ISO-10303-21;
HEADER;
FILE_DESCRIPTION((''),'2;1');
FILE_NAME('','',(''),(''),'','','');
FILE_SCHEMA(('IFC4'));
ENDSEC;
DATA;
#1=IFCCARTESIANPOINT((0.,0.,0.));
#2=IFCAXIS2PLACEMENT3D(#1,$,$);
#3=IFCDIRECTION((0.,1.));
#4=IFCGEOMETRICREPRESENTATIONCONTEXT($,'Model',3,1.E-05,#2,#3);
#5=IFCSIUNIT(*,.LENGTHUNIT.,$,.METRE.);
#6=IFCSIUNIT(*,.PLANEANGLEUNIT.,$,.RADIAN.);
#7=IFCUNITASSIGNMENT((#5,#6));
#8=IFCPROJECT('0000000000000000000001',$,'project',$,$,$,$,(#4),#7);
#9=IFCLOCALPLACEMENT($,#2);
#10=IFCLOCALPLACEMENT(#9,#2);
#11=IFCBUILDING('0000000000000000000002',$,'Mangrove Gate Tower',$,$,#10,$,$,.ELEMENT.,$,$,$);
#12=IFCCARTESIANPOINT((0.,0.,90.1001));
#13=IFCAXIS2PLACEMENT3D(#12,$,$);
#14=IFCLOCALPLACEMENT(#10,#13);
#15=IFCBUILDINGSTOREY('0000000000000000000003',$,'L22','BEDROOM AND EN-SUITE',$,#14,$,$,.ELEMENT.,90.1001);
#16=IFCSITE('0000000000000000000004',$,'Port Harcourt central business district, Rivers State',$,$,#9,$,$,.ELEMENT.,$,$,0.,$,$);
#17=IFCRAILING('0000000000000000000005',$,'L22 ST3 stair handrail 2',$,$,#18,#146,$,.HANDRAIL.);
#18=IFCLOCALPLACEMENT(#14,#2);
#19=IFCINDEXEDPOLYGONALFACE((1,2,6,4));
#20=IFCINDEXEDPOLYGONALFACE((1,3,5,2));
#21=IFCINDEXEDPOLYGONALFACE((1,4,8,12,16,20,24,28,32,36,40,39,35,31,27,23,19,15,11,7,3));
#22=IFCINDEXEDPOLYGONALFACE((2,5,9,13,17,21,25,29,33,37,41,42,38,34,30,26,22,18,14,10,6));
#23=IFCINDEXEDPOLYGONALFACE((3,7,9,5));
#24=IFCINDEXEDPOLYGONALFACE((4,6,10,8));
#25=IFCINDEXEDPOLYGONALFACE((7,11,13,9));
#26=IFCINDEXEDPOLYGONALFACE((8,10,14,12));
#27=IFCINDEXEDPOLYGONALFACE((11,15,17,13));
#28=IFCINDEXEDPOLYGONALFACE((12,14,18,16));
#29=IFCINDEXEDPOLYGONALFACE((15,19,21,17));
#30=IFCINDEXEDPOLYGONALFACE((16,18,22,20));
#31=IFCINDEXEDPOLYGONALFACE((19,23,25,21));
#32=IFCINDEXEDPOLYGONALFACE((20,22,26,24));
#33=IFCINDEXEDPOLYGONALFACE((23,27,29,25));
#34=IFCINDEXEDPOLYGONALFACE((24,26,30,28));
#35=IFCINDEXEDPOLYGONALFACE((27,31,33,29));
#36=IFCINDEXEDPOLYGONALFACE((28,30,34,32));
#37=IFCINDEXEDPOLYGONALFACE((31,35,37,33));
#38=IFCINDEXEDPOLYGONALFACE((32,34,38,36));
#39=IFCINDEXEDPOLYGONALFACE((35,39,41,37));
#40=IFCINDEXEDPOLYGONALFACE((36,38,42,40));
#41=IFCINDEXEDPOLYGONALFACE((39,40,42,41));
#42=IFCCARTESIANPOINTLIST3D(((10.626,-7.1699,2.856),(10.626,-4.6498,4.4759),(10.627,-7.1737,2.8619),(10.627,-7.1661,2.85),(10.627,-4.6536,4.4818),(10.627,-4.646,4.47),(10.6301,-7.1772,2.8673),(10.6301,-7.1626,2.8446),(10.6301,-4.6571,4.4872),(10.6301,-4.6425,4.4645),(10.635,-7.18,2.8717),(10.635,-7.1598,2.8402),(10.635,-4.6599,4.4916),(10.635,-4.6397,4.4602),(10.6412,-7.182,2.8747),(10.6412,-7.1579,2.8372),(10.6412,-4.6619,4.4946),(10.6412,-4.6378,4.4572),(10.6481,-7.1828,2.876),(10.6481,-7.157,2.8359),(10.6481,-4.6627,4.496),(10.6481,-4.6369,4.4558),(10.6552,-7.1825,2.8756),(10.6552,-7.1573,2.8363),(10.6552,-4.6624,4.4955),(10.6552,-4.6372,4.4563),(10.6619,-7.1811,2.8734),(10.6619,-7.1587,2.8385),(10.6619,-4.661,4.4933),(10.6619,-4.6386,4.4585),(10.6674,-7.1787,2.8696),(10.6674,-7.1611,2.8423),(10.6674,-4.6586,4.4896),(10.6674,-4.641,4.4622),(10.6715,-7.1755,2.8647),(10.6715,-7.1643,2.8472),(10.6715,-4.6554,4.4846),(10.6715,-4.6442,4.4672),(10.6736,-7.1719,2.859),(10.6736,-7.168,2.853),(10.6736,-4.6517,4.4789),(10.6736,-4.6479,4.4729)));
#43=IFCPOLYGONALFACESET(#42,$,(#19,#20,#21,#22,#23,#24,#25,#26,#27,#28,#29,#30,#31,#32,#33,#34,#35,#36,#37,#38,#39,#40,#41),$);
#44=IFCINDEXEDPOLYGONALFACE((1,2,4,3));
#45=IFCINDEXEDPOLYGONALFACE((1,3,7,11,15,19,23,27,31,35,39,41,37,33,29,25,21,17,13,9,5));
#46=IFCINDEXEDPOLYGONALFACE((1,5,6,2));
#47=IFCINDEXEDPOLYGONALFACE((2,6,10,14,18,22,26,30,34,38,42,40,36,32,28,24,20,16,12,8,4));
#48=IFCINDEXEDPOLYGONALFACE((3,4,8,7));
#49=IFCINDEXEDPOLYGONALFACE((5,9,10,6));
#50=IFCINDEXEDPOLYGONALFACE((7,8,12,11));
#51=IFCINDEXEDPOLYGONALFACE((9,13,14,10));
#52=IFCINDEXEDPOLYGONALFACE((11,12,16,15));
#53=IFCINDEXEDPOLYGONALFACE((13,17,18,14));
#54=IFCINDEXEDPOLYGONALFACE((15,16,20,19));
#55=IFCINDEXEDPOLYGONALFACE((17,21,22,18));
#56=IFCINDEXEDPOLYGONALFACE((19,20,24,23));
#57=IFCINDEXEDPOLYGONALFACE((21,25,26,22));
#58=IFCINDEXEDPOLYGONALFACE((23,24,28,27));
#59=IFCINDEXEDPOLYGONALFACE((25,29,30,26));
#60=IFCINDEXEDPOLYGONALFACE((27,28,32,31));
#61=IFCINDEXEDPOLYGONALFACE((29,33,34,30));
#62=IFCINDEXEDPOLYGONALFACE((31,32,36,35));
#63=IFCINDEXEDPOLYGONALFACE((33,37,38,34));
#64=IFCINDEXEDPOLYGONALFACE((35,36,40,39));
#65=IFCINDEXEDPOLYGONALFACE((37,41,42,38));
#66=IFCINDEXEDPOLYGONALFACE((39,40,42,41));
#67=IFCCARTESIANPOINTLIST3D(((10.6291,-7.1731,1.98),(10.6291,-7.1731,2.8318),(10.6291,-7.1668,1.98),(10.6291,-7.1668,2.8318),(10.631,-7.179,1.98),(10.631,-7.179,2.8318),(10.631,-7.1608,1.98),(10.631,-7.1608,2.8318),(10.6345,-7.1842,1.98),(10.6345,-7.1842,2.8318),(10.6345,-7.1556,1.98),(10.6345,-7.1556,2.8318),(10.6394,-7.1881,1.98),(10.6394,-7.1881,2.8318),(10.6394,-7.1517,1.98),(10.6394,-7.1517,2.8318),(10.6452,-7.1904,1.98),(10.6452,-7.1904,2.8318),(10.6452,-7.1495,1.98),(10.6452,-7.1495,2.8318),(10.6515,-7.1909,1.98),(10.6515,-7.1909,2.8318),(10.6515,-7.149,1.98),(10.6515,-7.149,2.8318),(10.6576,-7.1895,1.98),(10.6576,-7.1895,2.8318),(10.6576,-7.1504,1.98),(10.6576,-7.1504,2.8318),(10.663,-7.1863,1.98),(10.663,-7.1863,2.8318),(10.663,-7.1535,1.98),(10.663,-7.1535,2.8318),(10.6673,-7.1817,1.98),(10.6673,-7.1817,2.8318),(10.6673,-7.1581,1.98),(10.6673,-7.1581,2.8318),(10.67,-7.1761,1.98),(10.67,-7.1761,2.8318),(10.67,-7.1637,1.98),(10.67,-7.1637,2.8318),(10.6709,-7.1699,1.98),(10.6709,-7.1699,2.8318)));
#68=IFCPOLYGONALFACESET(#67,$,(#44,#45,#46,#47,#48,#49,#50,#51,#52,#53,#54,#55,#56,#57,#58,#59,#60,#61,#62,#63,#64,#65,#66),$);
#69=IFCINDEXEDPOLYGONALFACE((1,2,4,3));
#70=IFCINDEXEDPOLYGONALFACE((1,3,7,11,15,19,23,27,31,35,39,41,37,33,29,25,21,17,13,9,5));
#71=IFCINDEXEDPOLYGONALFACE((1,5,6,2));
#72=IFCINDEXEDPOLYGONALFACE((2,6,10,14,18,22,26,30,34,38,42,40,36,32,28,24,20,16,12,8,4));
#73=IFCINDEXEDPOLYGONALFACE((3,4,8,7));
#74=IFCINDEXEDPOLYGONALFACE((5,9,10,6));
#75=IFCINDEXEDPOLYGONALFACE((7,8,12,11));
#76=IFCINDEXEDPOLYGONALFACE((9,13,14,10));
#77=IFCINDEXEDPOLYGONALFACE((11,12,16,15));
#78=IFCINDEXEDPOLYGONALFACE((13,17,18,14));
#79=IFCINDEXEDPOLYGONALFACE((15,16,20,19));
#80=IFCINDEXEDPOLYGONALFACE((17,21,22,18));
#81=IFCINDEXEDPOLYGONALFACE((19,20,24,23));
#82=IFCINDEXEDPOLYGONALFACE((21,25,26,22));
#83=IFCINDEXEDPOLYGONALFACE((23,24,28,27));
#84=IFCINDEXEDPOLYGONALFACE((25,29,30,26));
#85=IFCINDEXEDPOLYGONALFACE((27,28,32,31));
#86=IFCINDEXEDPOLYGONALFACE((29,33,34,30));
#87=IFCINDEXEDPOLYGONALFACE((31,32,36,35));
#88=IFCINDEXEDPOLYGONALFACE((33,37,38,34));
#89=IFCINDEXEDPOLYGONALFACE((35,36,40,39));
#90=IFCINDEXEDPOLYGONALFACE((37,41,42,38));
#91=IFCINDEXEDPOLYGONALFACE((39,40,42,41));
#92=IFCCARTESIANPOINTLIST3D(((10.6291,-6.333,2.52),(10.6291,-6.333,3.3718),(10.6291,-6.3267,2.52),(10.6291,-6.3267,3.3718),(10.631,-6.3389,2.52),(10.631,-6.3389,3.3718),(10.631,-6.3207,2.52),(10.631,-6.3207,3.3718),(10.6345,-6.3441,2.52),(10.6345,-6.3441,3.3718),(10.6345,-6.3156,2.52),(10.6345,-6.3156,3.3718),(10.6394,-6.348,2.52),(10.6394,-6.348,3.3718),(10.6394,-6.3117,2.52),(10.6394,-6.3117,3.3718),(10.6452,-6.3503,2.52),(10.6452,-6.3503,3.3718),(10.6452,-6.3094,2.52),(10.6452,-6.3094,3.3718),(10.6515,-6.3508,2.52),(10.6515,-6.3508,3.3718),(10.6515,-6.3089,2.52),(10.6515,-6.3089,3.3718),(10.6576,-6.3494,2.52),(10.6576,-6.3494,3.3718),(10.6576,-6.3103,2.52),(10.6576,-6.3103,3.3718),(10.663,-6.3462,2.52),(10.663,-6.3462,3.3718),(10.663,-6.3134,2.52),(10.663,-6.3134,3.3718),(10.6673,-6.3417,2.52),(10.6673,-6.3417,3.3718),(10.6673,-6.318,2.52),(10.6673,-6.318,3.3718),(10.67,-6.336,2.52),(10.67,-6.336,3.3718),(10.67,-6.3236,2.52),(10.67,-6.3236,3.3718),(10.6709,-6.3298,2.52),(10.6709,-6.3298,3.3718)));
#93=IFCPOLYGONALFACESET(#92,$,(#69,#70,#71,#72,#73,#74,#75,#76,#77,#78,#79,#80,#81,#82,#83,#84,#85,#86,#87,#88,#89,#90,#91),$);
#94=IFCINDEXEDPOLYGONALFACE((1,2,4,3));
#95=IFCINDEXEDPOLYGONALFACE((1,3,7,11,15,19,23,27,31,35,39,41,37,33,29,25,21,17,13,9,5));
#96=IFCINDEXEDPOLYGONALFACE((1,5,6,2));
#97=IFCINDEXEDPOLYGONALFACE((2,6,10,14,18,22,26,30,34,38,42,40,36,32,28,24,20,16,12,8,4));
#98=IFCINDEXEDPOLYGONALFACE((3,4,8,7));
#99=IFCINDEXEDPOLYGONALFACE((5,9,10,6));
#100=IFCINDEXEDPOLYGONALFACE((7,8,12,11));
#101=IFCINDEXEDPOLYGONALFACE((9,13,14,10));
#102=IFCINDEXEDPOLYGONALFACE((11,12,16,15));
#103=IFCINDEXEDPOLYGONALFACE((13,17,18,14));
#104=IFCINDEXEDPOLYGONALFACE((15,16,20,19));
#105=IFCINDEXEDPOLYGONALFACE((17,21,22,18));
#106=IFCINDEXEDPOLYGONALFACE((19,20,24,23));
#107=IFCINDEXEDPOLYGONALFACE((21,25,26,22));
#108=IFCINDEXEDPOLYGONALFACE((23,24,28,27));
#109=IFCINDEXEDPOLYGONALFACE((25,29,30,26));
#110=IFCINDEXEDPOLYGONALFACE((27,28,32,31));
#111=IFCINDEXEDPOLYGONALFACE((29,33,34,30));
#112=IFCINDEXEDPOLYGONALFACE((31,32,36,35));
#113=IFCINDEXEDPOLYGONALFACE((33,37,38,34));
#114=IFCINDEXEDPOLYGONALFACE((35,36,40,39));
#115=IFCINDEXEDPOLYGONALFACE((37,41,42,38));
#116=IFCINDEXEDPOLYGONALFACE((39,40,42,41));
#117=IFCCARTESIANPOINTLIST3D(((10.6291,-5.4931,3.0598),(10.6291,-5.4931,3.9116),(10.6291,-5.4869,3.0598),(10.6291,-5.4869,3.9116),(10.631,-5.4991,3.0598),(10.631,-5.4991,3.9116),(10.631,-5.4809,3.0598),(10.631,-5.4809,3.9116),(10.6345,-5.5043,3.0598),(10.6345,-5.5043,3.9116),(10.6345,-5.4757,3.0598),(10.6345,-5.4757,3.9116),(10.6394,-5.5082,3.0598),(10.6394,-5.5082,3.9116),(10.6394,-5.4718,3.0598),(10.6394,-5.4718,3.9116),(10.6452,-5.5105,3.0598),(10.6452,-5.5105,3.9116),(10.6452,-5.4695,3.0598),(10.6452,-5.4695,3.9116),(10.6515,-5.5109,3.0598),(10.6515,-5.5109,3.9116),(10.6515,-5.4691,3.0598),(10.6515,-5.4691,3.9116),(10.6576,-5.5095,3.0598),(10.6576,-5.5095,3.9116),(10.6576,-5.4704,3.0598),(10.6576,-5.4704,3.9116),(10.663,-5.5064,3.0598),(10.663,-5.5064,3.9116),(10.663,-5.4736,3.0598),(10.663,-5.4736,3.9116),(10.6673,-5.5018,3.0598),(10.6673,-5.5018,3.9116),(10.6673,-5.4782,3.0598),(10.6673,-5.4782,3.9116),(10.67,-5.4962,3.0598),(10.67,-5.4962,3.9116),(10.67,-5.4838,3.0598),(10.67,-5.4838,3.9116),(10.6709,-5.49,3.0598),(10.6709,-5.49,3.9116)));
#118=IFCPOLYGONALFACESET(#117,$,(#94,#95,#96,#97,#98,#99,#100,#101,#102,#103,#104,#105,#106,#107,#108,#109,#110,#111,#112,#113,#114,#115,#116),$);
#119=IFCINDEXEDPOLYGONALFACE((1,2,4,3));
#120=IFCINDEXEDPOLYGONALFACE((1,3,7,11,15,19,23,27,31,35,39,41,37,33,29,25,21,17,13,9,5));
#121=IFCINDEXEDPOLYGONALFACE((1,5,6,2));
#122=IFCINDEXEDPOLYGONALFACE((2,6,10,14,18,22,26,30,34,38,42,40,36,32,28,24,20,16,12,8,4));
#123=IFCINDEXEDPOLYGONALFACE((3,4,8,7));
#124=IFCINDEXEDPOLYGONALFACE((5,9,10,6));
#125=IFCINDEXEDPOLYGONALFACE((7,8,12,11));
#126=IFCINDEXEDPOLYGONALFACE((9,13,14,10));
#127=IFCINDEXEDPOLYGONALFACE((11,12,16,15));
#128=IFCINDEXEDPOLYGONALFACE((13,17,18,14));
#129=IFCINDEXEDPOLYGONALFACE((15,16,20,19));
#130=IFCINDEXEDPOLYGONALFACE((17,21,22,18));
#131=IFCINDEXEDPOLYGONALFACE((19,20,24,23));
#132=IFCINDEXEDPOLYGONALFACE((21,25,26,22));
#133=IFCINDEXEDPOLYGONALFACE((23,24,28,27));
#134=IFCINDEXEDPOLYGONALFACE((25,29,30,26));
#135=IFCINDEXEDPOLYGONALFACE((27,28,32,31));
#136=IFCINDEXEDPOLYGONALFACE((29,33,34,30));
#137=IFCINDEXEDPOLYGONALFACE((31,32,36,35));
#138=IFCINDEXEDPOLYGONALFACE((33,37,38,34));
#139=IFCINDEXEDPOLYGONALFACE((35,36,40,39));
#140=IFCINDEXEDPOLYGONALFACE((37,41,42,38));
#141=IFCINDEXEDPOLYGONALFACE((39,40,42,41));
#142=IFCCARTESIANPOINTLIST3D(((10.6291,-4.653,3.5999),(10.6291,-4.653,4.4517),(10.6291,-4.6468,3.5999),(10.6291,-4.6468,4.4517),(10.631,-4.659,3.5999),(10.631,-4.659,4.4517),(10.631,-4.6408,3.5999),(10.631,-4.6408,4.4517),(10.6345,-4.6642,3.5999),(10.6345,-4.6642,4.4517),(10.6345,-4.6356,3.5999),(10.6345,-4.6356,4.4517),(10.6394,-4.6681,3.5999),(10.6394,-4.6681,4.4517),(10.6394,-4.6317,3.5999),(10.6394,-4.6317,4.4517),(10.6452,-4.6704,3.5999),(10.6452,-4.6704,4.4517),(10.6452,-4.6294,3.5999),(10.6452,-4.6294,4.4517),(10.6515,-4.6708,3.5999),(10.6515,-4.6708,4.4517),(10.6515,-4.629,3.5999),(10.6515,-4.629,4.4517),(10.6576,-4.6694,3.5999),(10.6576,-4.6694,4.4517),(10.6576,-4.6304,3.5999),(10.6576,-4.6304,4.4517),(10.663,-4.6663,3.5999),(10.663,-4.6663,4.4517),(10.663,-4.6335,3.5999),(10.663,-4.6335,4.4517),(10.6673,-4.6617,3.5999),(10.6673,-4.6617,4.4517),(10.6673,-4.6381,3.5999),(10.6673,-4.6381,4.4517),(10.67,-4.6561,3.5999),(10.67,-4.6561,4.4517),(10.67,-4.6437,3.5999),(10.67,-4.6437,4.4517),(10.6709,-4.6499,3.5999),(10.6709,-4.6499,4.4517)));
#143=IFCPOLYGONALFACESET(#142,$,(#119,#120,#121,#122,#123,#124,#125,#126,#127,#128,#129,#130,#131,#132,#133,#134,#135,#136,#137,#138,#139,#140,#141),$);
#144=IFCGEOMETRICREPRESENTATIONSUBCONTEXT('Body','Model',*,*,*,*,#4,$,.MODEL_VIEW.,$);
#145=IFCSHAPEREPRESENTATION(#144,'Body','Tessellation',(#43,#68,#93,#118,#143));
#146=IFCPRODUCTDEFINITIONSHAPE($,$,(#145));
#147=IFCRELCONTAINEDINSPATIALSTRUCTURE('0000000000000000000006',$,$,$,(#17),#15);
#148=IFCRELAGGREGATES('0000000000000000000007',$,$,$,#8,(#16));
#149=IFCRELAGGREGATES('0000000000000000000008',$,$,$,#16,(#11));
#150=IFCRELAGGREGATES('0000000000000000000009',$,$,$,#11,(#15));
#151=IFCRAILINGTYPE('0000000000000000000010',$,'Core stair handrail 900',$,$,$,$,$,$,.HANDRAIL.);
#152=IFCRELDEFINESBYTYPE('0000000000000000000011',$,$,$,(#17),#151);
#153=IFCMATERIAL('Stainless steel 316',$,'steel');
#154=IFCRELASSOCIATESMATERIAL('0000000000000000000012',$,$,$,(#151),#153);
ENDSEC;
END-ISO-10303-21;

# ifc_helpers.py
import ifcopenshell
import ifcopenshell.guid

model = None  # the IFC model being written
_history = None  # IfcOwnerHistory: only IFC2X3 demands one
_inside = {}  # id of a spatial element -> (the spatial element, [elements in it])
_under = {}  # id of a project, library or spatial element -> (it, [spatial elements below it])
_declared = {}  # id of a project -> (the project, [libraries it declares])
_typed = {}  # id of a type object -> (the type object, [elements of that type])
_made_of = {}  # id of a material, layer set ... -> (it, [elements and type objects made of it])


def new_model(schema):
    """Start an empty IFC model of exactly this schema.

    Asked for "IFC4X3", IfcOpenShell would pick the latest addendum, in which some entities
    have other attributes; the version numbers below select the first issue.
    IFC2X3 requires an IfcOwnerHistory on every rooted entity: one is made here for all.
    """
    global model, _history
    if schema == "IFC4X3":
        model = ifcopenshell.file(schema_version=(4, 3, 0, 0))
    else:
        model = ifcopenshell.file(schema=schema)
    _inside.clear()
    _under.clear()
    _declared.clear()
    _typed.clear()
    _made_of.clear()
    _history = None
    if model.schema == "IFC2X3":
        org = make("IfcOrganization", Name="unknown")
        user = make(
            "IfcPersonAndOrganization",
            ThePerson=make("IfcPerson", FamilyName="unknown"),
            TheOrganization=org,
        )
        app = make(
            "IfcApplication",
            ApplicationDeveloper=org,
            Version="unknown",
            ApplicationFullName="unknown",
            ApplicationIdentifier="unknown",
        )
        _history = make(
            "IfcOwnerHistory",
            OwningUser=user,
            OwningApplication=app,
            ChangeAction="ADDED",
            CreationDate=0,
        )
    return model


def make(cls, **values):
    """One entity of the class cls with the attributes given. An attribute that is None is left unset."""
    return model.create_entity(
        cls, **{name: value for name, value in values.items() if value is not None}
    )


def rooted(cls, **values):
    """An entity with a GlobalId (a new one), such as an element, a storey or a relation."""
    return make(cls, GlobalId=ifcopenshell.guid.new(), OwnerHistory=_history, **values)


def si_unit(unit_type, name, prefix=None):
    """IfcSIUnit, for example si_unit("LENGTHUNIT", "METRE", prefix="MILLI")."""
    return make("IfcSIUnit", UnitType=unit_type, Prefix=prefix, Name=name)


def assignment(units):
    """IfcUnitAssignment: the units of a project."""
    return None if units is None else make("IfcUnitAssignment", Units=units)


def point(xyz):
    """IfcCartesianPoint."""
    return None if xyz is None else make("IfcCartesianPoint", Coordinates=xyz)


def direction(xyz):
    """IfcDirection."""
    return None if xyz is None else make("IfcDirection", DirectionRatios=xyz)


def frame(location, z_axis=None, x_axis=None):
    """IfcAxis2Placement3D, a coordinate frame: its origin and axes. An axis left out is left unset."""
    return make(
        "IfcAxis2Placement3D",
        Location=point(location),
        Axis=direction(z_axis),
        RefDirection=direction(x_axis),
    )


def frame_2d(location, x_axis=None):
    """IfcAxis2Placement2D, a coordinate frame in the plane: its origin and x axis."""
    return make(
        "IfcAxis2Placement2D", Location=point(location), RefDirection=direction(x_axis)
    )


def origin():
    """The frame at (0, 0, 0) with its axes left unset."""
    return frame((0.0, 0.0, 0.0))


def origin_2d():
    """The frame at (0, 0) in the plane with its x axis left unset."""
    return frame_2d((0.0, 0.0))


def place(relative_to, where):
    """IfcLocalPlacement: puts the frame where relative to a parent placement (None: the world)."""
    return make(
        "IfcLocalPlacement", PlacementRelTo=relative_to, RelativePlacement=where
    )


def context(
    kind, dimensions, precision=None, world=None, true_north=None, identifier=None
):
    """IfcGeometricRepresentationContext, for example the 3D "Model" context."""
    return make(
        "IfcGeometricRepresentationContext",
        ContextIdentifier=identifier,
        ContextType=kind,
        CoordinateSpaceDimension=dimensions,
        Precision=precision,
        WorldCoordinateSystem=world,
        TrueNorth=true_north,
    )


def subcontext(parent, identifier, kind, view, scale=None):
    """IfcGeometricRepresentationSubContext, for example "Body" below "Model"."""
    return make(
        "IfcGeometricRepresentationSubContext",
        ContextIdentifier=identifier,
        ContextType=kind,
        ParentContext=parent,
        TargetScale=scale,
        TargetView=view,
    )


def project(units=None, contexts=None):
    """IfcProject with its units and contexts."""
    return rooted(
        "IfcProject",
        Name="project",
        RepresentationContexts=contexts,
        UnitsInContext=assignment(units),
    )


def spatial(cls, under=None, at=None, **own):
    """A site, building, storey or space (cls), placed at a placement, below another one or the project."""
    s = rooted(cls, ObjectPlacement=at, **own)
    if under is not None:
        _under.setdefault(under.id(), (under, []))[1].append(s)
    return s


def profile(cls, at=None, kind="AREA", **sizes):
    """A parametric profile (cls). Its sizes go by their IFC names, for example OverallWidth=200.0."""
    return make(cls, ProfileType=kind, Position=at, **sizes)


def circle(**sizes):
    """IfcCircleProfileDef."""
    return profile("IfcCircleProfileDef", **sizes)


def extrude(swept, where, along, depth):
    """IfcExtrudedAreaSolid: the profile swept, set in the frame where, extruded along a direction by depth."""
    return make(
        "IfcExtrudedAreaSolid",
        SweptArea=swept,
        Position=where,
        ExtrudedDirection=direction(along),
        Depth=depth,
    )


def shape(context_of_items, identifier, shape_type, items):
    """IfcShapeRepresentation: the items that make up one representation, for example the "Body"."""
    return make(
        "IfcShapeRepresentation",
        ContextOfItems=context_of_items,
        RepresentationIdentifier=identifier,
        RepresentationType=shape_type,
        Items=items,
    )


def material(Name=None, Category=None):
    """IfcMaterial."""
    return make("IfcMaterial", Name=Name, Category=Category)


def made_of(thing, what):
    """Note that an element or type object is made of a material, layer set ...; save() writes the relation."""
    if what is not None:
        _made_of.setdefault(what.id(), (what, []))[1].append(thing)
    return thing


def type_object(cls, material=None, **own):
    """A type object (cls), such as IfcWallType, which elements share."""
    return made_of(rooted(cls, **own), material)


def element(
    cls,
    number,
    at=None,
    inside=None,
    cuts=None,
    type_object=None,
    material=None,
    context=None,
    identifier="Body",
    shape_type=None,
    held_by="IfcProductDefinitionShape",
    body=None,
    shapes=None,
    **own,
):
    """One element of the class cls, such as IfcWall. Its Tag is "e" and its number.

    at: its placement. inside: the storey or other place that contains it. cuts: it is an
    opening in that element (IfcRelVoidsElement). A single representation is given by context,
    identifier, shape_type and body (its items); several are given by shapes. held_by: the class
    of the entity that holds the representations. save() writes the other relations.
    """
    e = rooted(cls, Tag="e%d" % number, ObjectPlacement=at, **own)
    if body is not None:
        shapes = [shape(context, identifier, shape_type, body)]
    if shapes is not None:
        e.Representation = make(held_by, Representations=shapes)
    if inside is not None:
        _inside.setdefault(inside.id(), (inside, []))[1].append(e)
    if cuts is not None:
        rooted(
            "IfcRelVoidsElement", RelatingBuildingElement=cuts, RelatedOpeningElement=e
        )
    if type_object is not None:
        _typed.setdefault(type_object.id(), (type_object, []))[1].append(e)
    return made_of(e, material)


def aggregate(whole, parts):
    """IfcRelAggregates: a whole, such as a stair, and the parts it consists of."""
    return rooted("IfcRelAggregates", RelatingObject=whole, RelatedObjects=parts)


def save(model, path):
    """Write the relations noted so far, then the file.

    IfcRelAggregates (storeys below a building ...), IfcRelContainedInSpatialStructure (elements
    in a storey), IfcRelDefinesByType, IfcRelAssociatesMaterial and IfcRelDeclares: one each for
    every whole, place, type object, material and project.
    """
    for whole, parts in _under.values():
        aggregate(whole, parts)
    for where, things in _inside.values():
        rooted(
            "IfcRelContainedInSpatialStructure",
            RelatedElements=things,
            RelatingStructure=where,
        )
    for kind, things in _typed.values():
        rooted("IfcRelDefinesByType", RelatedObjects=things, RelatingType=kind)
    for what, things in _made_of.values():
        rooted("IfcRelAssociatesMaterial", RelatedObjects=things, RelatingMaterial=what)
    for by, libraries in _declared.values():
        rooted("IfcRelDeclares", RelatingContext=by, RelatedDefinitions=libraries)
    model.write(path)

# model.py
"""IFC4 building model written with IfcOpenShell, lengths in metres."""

from ifc_helpers import new_model, si_unit, direction, frame, origin, origin_2d, place, context, subcontext, project, spatial, circle, extrude, material, type_object, element, save


model = new_model("IFC4")

# Units and contexts
model_context = context("Model", 3, precision=1e-05, world=origin(), true_north=direction((0.0, 1.0)))
body_context = subcontext(model_context, "Body", "Model", "MODEL_VIEW")
ifc_project = project(units=[si_unit("LENGTHUNIT", "METRE"), si_unit("PLANEANGLEUNIT", "RADIAN")], contexts=[model_context])

# Site, building, storey
site_placement = place(None, origin())
site = spatial("IfcSite", under=ifc_project, at=site_placement, Name="Port Harcourt central business district, Rivers State", CompositionType="ELEMENT", RefElevation=0.0)
building_placement = place(site_placement, origin())
building = spatial("IfcBuilding", under=site, at=building_placement, Name="Mangrove Gate Tower", CompositionType="ELEMENT")
storey_placement = place(building_placement, frame((0.0, 0.0, 90.1001)))
storey = spatial("IfcBuildingStorey", under=building, at=storey_placement, Name="L22", Description="BEDROOM AND EN-SUITE", CompositionType="ELEMENT", Elevation=90.1001)

# Railing
ifc_material_1 = material(Name="Stainless steel 316", Category="steel")
railing_type_1 = type_object("IfcRailingType", Name="Core stair handrail 900", PredefinedType="HANDRAIL", material=ifc_material_1)
railing_1_placement = place(storey_placement, frame((10.6499, -7.1699, 1.98)))
element("IfcRailing", 1, at=railing_1_placement, inside=storey, type_object=railing_type_1, Name="L22 ST3 stair handrail 2", PredefinedType="HANDRAIL", context=body_context, shape_type="SweptSolid", body=[
    extrude(circle(Radius=0.0239, at=origin_2d()), frame((0.0, 0.0, 0.876), z_axis=(0.0, 0.8412, 0.540725), x_axis=(-1.0, 0.0, 0.0)), (0.0, 0.0, 1.0), 2.9958),
    extrude(circle(Radius=0.021, at=origin_2d()), origin(), (0.0, 0.0, 1.0), 0.8518),
    extrude(circle(Radius=0.021, at=origin_2d()), frame((0.0, 0.8401, 0.54)), (0.0, 0.0, 1.0), 0.8518),
    extrude(circle(Radius=0.021, at=origin_2d()), frame((0.0, 1.6799, 1.0798)), (0.0, 0.0, 1.0), 0.8518),
    extrude(circle(Radius=0.021, at=origin_2d()), frame((0.0, 2.52, 1.6199)), (0.0, 0.0, 1.0), 0.8518),
])

save(model, "model.ifc")
